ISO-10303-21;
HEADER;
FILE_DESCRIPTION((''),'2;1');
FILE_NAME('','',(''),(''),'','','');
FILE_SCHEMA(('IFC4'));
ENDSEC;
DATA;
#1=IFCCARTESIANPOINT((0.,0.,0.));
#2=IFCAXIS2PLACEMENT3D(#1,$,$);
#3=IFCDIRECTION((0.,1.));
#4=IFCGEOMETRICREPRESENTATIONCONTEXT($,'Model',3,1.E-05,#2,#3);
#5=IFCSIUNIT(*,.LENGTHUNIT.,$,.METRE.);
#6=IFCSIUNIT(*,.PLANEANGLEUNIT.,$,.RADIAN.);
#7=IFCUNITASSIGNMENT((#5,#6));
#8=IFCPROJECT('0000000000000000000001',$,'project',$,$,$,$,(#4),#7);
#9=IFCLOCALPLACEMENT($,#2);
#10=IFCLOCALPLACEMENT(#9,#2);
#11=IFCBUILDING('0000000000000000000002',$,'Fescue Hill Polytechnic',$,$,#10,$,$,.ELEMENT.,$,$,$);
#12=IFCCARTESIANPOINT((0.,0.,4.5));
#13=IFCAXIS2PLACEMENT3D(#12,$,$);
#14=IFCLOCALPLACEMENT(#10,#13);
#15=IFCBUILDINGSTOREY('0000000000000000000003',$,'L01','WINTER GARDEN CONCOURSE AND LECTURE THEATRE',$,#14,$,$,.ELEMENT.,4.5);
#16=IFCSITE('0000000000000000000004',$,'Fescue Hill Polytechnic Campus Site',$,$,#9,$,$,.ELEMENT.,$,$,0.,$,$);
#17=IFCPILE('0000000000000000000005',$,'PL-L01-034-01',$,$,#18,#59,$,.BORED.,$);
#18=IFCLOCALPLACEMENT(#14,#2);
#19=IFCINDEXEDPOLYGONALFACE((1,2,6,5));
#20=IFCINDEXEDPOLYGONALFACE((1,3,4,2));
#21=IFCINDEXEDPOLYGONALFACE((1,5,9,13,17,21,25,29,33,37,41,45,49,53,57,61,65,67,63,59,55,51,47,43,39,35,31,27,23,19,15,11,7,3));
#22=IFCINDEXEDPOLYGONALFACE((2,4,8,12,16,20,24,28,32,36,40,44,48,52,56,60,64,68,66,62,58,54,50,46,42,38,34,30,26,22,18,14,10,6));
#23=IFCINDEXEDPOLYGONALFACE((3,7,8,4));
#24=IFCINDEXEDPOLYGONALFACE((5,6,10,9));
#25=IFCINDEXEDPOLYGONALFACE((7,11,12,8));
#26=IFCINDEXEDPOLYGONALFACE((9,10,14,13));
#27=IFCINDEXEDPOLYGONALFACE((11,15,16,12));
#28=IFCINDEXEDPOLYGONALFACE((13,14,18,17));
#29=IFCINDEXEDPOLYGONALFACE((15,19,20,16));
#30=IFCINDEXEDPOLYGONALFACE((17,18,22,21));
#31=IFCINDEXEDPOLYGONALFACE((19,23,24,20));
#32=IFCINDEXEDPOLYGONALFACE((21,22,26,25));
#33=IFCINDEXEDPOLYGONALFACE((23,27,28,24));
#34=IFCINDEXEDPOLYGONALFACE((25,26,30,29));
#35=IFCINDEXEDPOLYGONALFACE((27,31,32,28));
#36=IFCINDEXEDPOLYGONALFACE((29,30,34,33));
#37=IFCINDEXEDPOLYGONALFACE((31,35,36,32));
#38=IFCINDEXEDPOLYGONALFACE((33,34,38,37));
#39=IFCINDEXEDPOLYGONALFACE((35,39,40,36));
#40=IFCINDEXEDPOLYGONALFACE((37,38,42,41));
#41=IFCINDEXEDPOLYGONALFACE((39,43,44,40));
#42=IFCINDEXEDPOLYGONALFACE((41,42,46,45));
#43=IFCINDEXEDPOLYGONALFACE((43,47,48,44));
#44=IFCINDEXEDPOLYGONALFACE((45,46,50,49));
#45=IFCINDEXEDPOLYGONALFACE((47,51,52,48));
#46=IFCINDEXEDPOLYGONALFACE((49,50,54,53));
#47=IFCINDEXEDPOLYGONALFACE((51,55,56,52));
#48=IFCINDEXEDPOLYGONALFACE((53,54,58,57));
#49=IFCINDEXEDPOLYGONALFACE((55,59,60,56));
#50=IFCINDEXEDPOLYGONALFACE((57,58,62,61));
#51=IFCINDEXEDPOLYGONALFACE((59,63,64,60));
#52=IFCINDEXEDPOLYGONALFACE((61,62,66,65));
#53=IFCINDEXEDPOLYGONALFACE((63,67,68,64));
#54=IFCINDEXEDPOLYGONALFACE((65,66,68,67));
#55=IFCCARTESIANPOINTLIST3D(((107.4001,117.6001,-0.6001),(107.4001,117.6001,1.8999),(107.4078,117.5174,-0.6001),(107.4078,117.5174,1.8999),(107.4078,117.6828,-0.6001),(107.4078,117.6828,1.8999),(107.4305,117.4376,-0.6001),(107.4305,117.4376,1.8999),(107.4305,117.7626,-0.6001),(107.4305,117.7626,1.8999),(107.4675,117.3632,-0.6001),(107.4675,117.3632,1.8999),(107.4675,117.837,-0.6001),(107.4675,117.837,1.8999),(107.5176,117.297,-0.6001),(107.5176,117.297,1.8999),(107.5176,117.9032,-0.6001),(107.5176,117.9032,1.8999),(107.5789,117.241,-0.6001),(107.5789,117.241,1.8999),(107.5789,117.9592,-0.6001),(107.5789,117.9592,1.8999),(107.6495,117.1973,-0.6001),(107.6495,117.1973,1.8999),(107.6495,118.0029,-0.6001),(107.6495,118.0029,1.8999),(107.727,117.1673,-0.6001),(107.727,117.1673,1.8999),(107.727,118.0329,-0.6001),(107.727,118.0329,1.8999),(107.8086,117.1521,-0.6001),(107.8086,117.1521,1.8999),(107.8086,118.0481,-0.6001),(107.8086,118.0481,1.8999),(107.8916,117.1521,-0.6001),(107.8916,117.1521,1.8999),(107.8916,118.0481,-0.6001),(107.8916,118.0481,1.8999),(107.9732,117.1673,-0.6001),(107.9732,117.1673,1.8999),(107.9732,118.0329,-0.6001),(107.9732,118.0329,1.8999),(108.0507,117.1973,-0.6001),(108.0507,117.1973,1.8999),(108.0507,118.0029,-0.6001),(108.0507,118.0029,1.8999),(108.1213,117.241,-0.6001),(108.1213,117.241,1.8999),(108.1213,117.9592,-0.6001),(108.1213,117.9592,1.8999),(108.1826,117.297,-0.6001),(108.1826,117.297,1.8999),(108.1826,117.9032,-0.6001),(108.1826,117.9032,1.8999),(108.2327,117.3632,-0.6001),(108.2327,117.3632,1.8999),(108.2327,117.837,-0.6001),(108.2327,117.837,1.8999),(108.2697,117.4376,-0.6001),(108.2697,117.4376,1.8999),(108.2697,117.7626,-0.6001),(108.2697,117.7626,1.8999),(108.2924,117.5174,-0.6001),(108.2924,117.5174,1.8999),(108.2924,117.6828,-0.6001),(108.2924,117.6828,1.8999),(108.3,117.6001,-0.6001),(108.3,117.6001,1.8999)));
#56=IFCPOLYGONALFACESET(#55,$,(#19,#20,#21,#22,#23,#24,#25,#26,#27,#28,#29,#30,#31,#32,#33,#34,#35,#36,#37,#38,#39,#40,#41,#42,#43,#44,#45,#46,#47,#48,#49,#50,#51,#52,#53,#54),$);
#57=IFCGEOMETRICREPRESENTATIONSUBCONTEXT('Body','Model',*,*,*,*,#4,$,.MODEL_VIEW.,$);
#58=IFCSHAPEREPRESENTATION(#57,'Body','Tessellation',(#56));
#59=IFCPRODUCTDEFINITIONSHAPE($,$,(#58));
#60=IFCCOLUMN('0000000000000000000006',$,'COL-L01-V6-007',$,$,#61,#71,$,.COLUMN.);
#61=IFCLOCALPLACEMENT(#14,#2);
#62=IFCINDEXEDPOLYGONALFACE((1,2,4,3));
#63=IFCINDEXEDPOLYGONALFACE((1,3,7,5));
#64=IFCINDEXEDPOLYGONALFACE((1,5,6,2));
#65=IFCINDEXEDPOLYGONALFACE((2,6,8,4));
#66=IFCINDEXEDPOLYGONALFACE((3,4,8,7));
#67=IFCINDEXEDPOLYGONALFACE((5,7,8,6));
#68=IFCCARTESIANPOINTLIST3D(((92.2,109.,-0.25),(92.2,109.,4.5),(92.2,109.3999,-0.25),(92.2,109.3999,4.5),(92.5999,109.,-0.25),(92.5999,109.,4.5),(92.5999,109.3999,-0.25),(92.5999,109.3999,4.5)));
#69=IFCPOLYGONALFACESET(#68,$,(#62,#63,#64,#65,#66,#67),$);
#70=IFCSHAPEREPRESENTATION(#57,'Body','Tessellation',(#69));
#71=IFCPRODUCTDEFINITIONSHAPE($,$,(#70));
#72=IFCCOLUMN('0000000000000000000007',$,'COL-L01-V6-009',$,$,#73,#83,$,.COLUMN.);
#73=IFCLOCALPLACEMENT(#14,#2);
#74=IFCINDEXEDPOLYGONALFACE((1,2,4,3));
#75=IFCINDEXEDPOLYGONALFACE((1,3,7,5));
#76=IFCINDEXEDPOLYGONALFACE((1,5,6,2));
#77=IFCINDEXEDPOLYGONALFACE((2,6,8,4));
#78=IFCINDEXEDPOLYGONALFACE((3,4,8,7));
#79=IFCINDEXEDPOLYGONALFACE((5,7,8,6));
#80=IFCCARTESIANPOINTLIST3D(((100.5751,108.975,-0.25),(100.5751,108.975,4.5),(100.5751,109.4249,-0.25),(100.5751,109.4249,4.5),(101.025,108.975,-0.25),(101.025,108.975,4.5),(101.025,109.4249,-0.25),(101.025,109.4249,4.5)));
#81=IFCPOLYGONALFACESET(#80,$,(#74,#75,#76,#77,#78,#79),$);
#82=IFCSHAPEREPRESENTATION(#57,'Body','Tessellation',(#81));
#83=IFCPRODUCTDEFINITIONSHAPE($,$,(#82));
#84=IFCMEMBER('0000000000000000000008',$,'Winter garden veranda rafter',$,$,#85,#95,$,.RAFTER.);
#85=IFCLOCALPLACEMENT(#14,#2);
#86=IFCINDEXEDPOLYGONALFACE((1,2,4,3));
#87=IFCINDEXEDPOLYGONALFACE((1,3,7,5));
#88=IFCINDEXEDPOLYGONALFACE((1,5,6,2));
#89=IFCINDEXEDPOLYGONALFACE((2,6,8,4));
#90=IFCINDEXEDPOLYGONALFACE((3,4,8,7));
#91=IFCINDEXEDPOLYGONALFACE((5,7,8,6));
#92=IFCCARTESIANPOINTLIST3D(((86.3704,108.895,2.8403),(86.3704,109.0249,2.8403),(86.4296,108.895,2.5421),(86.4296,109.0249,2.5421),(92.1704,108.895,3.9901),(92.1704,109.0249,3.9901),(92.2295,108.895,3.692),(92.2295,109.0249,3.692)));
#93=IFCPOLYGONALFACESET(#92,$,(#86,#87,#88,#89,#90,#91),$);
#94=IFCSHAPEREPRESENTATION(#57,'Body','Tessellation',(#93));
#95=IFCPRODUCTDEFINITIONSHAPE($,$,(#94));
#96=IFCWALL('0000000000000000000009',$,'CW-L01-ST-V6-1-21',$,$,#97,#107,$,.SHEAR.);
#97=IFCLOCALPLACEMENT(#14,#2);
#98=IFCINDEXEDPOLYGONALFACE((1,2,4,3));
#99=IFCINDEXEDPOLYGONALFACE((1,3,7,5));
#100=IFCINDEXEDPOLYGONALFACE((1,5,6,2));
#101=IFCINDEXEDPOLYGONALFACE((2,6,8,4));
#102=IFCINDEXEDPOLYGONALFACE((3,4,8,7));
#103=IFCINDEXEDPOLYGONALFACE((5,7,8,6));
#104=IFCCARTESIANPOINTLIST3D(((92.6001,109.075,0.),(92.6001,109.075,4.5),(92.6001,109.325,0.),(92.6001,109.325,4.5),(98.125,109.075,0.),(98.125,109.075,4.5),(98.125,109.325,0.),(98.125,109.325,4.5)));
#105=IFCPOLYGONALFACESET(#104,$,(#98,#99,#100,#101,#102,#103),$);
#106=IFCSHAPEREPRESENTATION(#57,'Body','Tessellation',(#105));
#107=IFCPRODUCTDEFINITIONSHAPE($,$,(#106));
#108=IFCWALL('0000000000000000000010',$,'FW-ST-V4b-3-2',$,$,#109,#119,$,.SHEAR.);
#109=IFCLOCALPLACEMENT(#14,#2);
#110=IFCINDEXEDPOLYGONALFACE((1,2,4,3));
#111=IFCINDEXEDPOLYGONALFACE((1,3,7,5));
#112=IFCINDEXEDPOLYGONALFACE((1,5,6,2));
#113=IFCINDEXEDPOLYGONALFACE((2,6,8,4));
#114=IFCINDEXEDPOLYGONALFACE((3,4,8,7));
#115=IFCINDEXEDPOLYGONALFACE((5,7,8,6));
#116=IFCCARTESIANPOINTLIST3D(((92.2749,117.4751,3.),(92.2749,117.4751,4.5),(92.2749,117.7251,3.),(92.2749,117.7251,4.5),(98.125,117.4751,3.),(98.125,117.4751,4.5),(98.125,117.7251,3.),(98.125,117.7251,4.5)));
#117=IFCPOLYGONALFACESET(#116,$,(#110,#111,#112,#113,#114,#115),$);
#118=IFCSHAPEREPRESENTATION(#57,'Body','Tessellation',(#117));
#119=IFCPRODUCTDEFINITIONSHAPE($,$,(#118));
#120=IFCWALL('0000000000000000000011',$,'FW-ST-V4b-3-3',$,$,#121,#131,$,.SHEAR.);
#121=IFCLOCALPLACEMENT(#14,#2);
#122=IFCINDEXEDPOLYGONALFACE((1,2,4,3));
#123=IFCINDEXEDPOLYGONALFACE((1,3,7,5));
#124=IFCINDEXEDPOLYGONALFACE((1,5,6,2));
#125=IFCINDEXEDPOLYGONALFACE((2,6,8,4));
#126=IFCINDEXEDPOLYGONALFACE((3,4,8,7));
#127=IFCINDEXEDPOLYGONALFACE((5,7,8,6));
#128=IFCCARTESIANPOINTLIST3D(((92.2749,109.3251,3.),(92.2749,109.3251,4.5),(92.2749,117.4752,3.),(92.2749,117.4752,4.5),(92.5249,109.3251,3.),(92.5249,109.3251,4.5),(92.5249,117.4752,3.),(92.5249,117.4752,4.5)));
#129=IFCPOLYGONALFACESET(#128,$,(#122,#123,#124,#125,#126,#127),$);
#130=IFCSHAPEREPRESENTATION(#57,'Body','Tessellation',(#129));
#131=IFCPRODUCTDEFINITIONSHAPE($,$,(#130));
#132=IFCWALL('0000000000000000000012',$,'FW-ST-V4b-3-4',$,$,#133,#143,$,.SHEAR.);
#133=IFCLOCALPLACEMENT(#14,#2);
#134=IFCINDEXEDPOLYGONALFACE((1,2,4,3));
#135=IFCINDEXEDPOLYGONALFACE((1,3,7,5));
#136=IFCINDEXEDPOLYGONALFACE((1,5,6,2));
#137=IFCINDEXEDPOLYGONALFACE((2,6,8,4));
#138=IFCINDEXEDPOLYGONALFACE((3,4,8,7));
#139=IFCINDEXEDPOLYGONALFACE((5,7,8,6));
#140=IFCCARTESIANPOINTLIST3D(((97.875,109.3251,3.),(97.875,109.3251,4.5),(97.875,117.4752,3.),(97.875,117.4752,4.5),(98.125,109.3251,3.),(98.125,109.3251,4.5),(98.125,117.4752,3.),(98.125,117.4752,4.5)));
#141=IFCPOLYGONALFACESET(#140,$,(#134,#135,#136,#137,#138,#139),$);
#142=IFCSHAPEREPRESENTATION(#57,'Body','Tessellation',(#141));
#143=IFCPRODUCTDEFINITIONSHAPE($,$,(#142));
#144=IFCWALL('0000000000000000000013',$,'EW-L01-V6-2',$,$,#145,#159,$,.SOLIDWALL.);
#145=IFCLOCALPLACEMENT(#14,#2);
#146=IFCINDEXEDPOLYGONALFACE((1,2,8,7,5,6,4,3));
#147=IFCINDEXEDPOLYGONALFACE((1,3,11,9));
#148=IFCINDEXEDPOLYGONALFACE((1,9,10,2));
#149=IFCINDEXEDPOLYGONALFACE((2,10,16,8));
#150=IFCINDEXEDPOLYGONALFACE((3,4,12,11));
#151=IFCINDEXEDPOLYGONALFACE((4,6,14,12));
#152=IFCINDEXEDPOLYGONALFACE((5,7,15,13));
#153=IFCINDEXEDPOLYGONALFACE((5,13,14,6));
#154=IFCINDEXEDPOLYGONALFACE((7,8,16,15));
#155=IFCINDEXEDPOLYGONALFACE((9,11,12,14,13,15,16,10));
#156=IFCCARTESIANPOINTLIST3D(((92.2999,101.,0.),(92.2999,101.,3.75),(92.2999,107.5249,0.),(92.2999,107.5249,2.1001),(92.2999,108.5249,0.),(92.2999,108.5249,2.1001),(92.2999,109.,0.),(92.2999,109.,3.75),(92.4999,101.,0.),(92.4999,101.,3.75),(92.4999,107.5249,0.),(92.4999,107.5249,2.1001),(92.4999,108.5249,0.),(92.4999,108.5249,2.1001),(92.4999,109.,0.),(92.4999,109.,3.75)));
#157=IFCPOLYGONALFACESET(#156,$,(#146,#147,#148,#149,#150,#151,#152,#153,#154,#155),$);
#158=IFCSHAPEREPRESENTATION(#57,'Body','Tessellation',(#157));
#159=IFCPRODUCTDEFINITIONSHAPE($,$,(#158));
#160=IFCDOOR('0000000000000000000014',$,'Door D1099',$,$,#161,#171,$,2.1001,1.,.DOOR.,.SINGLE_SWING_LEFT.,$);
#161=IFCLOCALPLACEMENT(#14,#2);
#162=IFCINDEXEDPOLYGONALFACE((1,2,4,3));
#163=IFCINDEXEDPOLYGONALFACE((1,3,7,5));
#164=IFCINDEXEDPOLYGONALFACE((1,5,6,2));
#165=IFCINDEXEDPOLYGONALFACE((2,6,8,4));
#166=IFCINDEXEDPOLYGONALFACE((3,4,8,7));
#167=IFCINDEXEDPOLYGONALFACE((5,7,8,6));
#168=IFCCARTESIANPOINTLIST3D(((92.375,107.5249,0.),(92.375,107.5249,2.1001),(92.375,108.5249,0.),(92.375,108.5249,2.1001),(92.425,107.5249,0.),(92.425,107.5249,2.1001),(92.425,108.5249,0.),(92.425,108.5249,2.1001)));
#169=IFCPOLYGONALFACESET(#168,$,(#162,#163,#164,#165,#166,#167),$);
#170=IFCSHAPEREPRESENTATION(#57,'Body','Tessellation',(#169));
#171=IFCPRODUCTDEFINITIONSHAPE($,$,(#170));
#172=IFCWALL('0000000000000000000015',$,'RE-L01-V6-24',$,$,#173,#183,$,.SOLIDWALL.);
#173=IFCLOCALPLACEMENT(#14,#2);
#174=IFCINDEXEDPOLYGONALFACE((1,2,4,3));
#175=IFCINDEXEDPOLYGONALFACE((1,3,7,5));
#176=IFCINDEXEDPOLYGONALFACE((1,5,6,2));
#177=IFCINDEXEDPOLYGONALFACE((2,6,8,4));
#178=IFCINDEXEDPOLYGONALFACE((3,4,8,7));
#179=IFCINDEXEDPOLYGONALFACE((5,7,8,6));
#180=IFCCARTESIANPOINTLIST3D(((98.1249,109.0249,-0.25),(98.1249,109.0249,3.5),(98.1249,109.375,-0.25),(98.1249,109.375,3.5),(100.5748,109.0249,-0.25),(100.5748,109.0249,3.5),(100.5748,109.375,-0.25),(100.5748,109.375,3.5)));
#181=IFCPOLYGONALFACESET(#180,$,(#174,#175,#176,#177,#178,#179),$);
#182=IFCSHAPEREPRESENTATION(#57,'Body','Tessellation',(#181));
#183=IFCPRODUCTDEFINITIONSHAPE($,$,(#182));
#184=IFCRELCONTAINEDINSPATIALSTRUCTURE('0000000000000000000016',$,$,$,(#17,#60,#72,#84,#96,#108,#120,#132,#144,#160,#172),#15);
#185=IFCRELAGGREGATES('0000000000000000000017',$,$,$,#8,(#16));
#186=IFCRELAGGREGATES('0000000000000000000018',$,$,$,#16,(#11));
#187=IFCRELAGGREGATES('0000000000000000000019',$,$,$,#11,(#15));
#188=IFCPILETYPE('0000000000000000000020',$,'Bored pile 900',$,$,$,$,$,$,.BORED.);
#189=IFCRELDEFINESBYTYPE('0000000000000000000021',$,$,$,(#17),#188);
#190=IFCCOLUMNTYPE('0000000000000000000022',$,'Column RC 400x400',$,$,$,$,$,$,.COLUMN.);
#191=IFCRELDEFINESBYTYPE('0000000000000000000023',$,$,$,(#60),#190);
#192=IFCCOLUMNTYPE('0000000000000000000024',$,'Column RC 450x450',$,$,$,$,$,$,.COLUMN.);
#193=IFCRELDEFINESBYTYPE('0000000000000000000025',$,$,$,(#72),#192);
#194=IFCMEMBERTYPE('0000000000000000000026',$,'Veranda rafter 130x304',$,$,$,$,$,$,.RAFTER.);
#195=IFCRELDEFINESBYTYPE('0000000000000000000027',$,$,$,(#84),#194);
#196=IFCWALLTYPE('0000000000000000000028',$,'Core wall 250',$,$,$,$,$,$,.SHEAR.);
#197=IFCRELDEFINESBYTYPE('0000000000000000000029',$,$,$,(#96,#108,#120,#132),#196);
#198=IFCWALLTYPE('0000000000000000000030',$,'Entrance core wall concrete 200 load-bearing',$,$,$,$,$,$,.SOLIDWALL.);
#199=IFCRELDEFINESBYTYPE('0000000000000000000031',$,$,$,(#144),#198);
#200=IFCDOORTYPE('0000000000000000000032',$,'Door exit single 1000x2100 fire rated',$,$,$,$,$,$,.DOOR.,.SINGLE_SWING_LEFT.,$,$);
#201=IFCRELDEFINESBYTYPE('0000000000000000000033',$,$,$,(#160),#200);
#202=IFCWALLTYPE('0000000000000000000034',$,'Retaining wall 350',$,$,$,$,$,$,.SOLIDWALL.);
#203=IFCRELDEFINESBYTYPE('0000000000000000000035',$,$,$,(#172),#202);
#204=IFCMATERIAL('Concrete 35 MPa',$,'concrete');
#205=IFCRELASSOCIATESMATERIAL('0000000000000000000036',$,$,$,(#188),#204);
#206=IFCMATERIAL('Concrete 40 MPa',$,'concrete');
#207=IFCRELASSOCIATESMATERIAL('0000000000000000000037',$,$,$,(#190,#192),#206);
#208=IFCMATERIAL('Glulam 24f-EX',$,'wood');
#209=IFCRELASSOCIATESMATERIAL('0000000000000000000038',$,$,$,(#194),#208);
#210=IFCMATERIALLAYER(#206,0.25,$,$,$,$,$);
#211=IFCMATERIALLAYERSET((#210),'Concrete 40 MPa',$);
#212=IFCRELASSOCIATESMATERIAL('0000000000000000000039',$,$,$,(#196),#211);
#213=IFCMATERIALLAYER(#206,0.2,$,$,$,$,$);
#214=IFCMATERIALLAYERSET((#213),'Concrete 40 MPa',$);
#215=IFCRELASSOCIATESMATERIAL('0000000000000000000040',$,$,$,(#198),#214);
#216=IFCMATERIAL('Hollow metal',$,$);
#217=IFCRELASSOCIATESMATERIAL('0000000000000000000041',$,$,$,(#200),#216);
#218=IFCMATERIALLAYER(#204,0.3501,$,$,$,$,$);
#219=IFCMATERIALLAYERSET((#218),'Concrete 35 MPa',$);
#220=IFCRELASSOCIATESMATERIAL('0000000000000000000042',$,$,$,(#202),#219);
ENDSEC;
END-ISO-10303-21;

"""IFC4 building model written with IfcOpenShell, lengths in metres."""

from ifc_helpers import new_model, si_unit, direction, frame, frame_2d, origin, origin_2d, place, context, subcontext, project, spatial, rectangle, circle, extrude, material, layer, layer_set, material_profile, profile_set, type_object, element, fill, save


model = new_model("IFC4")

# Units and contexts
model_context = context("Model", 3, precision=1e-05, world=origin(), true_north=direction((0.0, 1.0)))
body_context = subcontext(model_context, "Body", "Model", "MODEL_VIEW")
ifc_project = project(units=[si_unit("LENGTHUNIT", "METRE"), si_unit("PLANEANGLEUNIT", "RADIAN")], contexts=[model_context])

# Site, building, storey
site_placement = place(None, origin())
site = spatial("IfcSite", under=ifc_project, at=site_placement, Name="Fescue Hill Polytechnic Campus Site", CompositionType="ELEMENT", RefElevation=0.0)
building_placement = place(site_placement, origin())
building = spatial("IfcBuilding", under=site, at=building_placement, Name="Fescue Hill Polytechnic", CompositionType="ELEMENT")
storey_placement = place(building_placement, frame((0.0, 0.0, 4.5)))
storey = spatial("IfcBuildingStorey", under=building, at=storey_placement, Name="L01", Description="WINTER GARDEN CONCOURSE AND LECTURE THEATRE", CompositionType="ELEMENT", Elevation=4.5)

# Pile
ifc_material_1 = material(Name="Concrete 35 MPa", Category="concrete")
ifc_material_profile_1 = material_profile(ifc_material_1, circle(Radius=0.45, at=origin_2d()), Name="Bored pile 900")
ifc_profile_set_1 = profile_set([ifc_material_profile_1], Name="Concrete 35 MPa")
pile_type = type_object("IfcPileType", Name="Bored pile 900", PredefinedType="BORED", material=ifc_profile_set_1)
for number, where, z_axis, x_axis, name in (
    (1, (107.8501, 117.6001, 1.8999), (0.0, 0.0, -1.0), (1.0, 0.0, 0.0), "PL-L01-034-01"),
):
    element("IfcPile", number, at=place(storey_placement, frame(where, z_axis=z_axis, x_axis=x_axis)), inside=storey, type_object=pile_type, Name=name, PredefinedType="BORED", context=body_context, shape_type="SweptSolid", body=[
        extrude(circle(Radius=0.45, at=origin_2d()), origin(), (0.0, 0.0, 1.0), 2.5),
    ])

# Columns
ifc_material_2 = material(Name="Concrete 40 MPa", Category="concrete")
ifc_material_profile_2 = material_profile(ifc_material_2, rectangle(XDim=0.3999, YDim=0.3999, at=origin_2d()), Name="RC 400x400")
ifc_profile_set_2 = profile_set([ifc_material_profile_2], Name="Concrete 40 MPa")
column_type_1 = type_object("IfcColumnType", Name="Column RC 400x400", PredefinedType="COLUMN", material=ifc_profile_set_2)
column_1_placement = place(storey_placement, frame((92.3999, 109.2, -0.25), z_axis=(0.0, 0.0, 1.0), x_axis=(1.0, 0.0, 0.0)))
element("IfcColumn", 2, at=column_1_placement, inside=storey, type_object=column_type_1, Name="COL-L01-V6-007", PredefinedType="COLUMN", context=body_context, shape_type="SweptSolid", body=[
    extrude(rectangle(XDim=0.3999, YDim=0.3999, at=origin_2d()), origin(), (0.0, 0.0, 1.0), 4.75),
])
ifc_material_profile_3 = material_profile(ifc_material_2, rectangle(XDim=0.45, YDim=0.45, at=origin_2d()), Name="RC 450x450")
ifc_profile_set_3 = profile_set([ifc_material_profile_3], Name="Concrete 40 MPa")
column_type_2 = type_object("IfcColumnType", Name="Column RC 450x450", PredefinedType="COLUMN", material=ifc_profile_set_3)
column_2_placement = place(storey_placement, frame((100.8, 109.2, -0.25), z_axis=(0.0, 0.0, 1.0), x_axis=(1.0, 0.0, 0.0)))
element("IfcColumn", 3, at=column_2_placement, inside=storey, type_object=column_type_2, Name="COL-L01-V6-009", PredefinedType="COLUMN", context=body_context, shape_type="SweptSolid", body=[
    extrude(rectangle(XDim=0.45, YDim=0.45, at=origin_2d()), origin(), (0.0, 0.0, 1.0), 4.75),
])

# Member
ifc_material_3 = material(Name="Glulam 24f-EX", Category="wood")
ifc_material_profile_4 = material_profile(ifc_material_3, rectangle(XDim=0.1299, YDim=0.304, at=origin_2d()), Name="Veranda rafter 130x304")
ifc_profile_set_4 = profile_set([ifc_material_profile_4], Name="Glulam 24f-EX")
member_type = type_object("IfcMemberType", Name="Veranda rafter 130x304", PredefinedType="RAFTER", material=ifc_profile_set_4)
member_placement = place(storey_placement, frame((92.2, 108.96, 3.8411), z_axis=(-0.980908, 0.0, -0.194472), x_axis=(0.0, -1.0, 0.0)))
element("IfcMember", 4, at=member_placement, inside=storey, type_object=member_type, Name="Winter garden veranda rafter", PredefinedType="RAFTER", context=body_context, shape_type="SweptSolid", body=[
    extrude(rectangle(XDim=0.1299, YDim=0.304, at=origin_2d()), origin(), (0.0, 0.0, 1.0), 5.9128),
])

# Walls
ifc_layer_1 = layer(ifc_material_2, 0.25)
ifc_layer_set_1 = layer_set([ifc_layer_1], Name="Concrete 40 MPa")
wall_type_1 = type_object("IfcWallType", Name="Core wall 250", PredefinedType="SHEAR", material=ifc_layer_set_1)
wall_1_placement = place(storey_placement, frame((92.6001, 109.2, 0.0), z_axis=(0.0, 0.0, 1.0), x_axis=(1.0, 0.0, 0.0)))
element("IfcWall", 5, at=wall_1_placement, inside=storey, type_object=wall_type_1, Name="CW-L01-ST-V6-1-21", PredefinedType="SHEAR", context=body_context, shape_type="SweptSolid", body=[
    extrude(rectangle(XDim=5.5249, YDim=0.25, at=frame_2d((2.7625, 0.0))), origin(), (0.0, 0.0, 1.0), 4.5),
])
wall_2_placement = place(storey_placement, frame((92.2749, 117.6001, 3.0), z_axis=(0.0, 0.0, 1.0), x_axis=(1.0, 0.0, 0.0)))
element("IfcWall", 6, at=wall_2_placement, inside=storey, type_object=wall_type_1, Name="FW-ST-V4b-3-2", PredefinedType="SHEAR", context=body_context, shape_type="SweptSolid", body=[
    extrude(rectangle(XDim=5.8501, YDim=0.25, at=frame_2d((2.925, 0.0))), origin(), (0.0, 0.0, 1.0), 1.5),
])
for number, where, z_axis, x_axis, name in (
    (7, (92.3999, 109.325, 3.0), (0.0, 0.0, 1.0), (0.0, 1.0, 0.0), "FW-ST-V4b-3-3"),
    (8, (98.0, 109.325, 3.0), (0.0, 0.0, 1.0), (0.0, 1.0, 0.0), "FW-ST-V4b-3-4"),
):
    element("IfcWall", number, at=place(storey_placement, frame(where, z_axis=z_axis, x_axis=x_axis)), inside=storey, type_object=wall_type_1, Name=name, PredefinedType="SHEAR", context=body_context, shape_type="SweptSolid", body=[
        extrude(rectangle(XDim=8.1501, YDim=0.25, at=frame_2d((4.0752, 0.0))), origin(), (0.0, 0.0, 1.0), 1.5),
    ])

# Wall, opening, door
ifc_layer_2 = layer(ifc_material_2, 0.2)
ifc_layer_set_2 = layer_set([ifc_layer_2], Name="Concrete 40 MPa")
wall_type_2 = type_object("IfcWallType", Name="Entrance core wall concrete 200 load-bearing", PredefinedType="SOLIDWALL", material=ifc_layer_set_2)
wall_3_placement = place(storey_placement, frame((92.3999, 109.0, 0.0), z_axis=(0.0, 0.0, 1.0), x_axis=(0.0, -1.0, 0.0)))
wall_3 = element("IfcWall", 9, at=wall_3_placement, inside=storey, type_object=wall_type_2, Name="EW-L01-V6-2", PredefinedType="SOLIDWALL", context=body_context, shape_type="SweptSolid", body=[
    extrude(rectangle(XDim=8.0, YDim=0.2, at=frame_2d((4.0, 0.0))), origin(), (0.0, 0.0, 1.0), 3.75),
])
opening_placement = place(wall_3_placement, frame((1.4751, 0.0, 0.0), z_axis=(0.0, 0.0, 1.0), x_axis=(-1.0, 0.0, 0.0)))
opening = element("IfcOpeningElement", 10, at=opening_placement, cuts=wall_3, PredefinedType="OPENING", context=body_context, shape_type="SweptSolid", body=[
    extrude(rectangle(XDim=1.0, YDim=2.1001, at=frame_2d((0.5, 1.05))), frame((0.0, 0.1099, 0.0), z_axis=(0.0, -1.0, 0.0), x_axis=(1.0, 0.0, 0.0)), (0.0, 0.0, 1.0), 0.22),
])
ifc_material_4 = material(Name="Hollow metal")
door_type = type_object("IfcDoorType", Name="Door exit single 1000x2100 fire rated", OperationType="SINGLE_SWING_LEFT", PredefinedType="DOOR", material=ifc_material_4)
door_placement = place(opening_placement, origin())
door = element("IfcDoor", 11, at=door_placement, inside=storey, type_object=door_type, Name="Door D1099", OperationType="SINGLE_SWING_LEFT", OverallHeight=2.1001, OverallWidth=1.0, PredefinedType="DOOR", context=body_context, shape_type="SweptSolid", body=[
    extrude(rectangle(XDim=1.0, YDim=2.1001, at=frame_2d((0.5, 1.05))), frame((0.0, 0.0249, 0.0), z_axis=(0.0, -1.0, 0.0), x_axis=(1.0, 0.0, 0.0)), (0.0, 0.0, 1.0), 0.05),
])
fill(opening, door)

# Wall
ifc_layer_3 = layer(ifc_material_1, 0.3501)
ifc_layer_set_3 = layer_set([ifc_layer_3], Name="Concrete 35 MPa")
wall_type_3 = type_object("IfcWallType", Name="Retaining wall 350", PredefinedType="SOLIDWALL", material=ifc_layer_set_3)
wall_4_placement = place(storey_placement, frame((100.575, 109.2, -0.25), z_axis=(0.0, 0.0, 1.0), x_axis=(-1.0, 0.0, 0.0)))
element("IfcWall", 12, at=wall_4_placement, inside=storey, type_object=wall_type_3, Name="RE-L01-V6-24", PredefinedType="SOLIDWALL", context=body_context, shape_type="SweptSolid", body=[
    extrude(rectangle(XDim=2.45, YDim=0.3501, at=frame_2d((1.2251, 0.0))), origin(), (0.0, 0.0, 1.0), 3.75),
])

save(model, "model.ifc")
